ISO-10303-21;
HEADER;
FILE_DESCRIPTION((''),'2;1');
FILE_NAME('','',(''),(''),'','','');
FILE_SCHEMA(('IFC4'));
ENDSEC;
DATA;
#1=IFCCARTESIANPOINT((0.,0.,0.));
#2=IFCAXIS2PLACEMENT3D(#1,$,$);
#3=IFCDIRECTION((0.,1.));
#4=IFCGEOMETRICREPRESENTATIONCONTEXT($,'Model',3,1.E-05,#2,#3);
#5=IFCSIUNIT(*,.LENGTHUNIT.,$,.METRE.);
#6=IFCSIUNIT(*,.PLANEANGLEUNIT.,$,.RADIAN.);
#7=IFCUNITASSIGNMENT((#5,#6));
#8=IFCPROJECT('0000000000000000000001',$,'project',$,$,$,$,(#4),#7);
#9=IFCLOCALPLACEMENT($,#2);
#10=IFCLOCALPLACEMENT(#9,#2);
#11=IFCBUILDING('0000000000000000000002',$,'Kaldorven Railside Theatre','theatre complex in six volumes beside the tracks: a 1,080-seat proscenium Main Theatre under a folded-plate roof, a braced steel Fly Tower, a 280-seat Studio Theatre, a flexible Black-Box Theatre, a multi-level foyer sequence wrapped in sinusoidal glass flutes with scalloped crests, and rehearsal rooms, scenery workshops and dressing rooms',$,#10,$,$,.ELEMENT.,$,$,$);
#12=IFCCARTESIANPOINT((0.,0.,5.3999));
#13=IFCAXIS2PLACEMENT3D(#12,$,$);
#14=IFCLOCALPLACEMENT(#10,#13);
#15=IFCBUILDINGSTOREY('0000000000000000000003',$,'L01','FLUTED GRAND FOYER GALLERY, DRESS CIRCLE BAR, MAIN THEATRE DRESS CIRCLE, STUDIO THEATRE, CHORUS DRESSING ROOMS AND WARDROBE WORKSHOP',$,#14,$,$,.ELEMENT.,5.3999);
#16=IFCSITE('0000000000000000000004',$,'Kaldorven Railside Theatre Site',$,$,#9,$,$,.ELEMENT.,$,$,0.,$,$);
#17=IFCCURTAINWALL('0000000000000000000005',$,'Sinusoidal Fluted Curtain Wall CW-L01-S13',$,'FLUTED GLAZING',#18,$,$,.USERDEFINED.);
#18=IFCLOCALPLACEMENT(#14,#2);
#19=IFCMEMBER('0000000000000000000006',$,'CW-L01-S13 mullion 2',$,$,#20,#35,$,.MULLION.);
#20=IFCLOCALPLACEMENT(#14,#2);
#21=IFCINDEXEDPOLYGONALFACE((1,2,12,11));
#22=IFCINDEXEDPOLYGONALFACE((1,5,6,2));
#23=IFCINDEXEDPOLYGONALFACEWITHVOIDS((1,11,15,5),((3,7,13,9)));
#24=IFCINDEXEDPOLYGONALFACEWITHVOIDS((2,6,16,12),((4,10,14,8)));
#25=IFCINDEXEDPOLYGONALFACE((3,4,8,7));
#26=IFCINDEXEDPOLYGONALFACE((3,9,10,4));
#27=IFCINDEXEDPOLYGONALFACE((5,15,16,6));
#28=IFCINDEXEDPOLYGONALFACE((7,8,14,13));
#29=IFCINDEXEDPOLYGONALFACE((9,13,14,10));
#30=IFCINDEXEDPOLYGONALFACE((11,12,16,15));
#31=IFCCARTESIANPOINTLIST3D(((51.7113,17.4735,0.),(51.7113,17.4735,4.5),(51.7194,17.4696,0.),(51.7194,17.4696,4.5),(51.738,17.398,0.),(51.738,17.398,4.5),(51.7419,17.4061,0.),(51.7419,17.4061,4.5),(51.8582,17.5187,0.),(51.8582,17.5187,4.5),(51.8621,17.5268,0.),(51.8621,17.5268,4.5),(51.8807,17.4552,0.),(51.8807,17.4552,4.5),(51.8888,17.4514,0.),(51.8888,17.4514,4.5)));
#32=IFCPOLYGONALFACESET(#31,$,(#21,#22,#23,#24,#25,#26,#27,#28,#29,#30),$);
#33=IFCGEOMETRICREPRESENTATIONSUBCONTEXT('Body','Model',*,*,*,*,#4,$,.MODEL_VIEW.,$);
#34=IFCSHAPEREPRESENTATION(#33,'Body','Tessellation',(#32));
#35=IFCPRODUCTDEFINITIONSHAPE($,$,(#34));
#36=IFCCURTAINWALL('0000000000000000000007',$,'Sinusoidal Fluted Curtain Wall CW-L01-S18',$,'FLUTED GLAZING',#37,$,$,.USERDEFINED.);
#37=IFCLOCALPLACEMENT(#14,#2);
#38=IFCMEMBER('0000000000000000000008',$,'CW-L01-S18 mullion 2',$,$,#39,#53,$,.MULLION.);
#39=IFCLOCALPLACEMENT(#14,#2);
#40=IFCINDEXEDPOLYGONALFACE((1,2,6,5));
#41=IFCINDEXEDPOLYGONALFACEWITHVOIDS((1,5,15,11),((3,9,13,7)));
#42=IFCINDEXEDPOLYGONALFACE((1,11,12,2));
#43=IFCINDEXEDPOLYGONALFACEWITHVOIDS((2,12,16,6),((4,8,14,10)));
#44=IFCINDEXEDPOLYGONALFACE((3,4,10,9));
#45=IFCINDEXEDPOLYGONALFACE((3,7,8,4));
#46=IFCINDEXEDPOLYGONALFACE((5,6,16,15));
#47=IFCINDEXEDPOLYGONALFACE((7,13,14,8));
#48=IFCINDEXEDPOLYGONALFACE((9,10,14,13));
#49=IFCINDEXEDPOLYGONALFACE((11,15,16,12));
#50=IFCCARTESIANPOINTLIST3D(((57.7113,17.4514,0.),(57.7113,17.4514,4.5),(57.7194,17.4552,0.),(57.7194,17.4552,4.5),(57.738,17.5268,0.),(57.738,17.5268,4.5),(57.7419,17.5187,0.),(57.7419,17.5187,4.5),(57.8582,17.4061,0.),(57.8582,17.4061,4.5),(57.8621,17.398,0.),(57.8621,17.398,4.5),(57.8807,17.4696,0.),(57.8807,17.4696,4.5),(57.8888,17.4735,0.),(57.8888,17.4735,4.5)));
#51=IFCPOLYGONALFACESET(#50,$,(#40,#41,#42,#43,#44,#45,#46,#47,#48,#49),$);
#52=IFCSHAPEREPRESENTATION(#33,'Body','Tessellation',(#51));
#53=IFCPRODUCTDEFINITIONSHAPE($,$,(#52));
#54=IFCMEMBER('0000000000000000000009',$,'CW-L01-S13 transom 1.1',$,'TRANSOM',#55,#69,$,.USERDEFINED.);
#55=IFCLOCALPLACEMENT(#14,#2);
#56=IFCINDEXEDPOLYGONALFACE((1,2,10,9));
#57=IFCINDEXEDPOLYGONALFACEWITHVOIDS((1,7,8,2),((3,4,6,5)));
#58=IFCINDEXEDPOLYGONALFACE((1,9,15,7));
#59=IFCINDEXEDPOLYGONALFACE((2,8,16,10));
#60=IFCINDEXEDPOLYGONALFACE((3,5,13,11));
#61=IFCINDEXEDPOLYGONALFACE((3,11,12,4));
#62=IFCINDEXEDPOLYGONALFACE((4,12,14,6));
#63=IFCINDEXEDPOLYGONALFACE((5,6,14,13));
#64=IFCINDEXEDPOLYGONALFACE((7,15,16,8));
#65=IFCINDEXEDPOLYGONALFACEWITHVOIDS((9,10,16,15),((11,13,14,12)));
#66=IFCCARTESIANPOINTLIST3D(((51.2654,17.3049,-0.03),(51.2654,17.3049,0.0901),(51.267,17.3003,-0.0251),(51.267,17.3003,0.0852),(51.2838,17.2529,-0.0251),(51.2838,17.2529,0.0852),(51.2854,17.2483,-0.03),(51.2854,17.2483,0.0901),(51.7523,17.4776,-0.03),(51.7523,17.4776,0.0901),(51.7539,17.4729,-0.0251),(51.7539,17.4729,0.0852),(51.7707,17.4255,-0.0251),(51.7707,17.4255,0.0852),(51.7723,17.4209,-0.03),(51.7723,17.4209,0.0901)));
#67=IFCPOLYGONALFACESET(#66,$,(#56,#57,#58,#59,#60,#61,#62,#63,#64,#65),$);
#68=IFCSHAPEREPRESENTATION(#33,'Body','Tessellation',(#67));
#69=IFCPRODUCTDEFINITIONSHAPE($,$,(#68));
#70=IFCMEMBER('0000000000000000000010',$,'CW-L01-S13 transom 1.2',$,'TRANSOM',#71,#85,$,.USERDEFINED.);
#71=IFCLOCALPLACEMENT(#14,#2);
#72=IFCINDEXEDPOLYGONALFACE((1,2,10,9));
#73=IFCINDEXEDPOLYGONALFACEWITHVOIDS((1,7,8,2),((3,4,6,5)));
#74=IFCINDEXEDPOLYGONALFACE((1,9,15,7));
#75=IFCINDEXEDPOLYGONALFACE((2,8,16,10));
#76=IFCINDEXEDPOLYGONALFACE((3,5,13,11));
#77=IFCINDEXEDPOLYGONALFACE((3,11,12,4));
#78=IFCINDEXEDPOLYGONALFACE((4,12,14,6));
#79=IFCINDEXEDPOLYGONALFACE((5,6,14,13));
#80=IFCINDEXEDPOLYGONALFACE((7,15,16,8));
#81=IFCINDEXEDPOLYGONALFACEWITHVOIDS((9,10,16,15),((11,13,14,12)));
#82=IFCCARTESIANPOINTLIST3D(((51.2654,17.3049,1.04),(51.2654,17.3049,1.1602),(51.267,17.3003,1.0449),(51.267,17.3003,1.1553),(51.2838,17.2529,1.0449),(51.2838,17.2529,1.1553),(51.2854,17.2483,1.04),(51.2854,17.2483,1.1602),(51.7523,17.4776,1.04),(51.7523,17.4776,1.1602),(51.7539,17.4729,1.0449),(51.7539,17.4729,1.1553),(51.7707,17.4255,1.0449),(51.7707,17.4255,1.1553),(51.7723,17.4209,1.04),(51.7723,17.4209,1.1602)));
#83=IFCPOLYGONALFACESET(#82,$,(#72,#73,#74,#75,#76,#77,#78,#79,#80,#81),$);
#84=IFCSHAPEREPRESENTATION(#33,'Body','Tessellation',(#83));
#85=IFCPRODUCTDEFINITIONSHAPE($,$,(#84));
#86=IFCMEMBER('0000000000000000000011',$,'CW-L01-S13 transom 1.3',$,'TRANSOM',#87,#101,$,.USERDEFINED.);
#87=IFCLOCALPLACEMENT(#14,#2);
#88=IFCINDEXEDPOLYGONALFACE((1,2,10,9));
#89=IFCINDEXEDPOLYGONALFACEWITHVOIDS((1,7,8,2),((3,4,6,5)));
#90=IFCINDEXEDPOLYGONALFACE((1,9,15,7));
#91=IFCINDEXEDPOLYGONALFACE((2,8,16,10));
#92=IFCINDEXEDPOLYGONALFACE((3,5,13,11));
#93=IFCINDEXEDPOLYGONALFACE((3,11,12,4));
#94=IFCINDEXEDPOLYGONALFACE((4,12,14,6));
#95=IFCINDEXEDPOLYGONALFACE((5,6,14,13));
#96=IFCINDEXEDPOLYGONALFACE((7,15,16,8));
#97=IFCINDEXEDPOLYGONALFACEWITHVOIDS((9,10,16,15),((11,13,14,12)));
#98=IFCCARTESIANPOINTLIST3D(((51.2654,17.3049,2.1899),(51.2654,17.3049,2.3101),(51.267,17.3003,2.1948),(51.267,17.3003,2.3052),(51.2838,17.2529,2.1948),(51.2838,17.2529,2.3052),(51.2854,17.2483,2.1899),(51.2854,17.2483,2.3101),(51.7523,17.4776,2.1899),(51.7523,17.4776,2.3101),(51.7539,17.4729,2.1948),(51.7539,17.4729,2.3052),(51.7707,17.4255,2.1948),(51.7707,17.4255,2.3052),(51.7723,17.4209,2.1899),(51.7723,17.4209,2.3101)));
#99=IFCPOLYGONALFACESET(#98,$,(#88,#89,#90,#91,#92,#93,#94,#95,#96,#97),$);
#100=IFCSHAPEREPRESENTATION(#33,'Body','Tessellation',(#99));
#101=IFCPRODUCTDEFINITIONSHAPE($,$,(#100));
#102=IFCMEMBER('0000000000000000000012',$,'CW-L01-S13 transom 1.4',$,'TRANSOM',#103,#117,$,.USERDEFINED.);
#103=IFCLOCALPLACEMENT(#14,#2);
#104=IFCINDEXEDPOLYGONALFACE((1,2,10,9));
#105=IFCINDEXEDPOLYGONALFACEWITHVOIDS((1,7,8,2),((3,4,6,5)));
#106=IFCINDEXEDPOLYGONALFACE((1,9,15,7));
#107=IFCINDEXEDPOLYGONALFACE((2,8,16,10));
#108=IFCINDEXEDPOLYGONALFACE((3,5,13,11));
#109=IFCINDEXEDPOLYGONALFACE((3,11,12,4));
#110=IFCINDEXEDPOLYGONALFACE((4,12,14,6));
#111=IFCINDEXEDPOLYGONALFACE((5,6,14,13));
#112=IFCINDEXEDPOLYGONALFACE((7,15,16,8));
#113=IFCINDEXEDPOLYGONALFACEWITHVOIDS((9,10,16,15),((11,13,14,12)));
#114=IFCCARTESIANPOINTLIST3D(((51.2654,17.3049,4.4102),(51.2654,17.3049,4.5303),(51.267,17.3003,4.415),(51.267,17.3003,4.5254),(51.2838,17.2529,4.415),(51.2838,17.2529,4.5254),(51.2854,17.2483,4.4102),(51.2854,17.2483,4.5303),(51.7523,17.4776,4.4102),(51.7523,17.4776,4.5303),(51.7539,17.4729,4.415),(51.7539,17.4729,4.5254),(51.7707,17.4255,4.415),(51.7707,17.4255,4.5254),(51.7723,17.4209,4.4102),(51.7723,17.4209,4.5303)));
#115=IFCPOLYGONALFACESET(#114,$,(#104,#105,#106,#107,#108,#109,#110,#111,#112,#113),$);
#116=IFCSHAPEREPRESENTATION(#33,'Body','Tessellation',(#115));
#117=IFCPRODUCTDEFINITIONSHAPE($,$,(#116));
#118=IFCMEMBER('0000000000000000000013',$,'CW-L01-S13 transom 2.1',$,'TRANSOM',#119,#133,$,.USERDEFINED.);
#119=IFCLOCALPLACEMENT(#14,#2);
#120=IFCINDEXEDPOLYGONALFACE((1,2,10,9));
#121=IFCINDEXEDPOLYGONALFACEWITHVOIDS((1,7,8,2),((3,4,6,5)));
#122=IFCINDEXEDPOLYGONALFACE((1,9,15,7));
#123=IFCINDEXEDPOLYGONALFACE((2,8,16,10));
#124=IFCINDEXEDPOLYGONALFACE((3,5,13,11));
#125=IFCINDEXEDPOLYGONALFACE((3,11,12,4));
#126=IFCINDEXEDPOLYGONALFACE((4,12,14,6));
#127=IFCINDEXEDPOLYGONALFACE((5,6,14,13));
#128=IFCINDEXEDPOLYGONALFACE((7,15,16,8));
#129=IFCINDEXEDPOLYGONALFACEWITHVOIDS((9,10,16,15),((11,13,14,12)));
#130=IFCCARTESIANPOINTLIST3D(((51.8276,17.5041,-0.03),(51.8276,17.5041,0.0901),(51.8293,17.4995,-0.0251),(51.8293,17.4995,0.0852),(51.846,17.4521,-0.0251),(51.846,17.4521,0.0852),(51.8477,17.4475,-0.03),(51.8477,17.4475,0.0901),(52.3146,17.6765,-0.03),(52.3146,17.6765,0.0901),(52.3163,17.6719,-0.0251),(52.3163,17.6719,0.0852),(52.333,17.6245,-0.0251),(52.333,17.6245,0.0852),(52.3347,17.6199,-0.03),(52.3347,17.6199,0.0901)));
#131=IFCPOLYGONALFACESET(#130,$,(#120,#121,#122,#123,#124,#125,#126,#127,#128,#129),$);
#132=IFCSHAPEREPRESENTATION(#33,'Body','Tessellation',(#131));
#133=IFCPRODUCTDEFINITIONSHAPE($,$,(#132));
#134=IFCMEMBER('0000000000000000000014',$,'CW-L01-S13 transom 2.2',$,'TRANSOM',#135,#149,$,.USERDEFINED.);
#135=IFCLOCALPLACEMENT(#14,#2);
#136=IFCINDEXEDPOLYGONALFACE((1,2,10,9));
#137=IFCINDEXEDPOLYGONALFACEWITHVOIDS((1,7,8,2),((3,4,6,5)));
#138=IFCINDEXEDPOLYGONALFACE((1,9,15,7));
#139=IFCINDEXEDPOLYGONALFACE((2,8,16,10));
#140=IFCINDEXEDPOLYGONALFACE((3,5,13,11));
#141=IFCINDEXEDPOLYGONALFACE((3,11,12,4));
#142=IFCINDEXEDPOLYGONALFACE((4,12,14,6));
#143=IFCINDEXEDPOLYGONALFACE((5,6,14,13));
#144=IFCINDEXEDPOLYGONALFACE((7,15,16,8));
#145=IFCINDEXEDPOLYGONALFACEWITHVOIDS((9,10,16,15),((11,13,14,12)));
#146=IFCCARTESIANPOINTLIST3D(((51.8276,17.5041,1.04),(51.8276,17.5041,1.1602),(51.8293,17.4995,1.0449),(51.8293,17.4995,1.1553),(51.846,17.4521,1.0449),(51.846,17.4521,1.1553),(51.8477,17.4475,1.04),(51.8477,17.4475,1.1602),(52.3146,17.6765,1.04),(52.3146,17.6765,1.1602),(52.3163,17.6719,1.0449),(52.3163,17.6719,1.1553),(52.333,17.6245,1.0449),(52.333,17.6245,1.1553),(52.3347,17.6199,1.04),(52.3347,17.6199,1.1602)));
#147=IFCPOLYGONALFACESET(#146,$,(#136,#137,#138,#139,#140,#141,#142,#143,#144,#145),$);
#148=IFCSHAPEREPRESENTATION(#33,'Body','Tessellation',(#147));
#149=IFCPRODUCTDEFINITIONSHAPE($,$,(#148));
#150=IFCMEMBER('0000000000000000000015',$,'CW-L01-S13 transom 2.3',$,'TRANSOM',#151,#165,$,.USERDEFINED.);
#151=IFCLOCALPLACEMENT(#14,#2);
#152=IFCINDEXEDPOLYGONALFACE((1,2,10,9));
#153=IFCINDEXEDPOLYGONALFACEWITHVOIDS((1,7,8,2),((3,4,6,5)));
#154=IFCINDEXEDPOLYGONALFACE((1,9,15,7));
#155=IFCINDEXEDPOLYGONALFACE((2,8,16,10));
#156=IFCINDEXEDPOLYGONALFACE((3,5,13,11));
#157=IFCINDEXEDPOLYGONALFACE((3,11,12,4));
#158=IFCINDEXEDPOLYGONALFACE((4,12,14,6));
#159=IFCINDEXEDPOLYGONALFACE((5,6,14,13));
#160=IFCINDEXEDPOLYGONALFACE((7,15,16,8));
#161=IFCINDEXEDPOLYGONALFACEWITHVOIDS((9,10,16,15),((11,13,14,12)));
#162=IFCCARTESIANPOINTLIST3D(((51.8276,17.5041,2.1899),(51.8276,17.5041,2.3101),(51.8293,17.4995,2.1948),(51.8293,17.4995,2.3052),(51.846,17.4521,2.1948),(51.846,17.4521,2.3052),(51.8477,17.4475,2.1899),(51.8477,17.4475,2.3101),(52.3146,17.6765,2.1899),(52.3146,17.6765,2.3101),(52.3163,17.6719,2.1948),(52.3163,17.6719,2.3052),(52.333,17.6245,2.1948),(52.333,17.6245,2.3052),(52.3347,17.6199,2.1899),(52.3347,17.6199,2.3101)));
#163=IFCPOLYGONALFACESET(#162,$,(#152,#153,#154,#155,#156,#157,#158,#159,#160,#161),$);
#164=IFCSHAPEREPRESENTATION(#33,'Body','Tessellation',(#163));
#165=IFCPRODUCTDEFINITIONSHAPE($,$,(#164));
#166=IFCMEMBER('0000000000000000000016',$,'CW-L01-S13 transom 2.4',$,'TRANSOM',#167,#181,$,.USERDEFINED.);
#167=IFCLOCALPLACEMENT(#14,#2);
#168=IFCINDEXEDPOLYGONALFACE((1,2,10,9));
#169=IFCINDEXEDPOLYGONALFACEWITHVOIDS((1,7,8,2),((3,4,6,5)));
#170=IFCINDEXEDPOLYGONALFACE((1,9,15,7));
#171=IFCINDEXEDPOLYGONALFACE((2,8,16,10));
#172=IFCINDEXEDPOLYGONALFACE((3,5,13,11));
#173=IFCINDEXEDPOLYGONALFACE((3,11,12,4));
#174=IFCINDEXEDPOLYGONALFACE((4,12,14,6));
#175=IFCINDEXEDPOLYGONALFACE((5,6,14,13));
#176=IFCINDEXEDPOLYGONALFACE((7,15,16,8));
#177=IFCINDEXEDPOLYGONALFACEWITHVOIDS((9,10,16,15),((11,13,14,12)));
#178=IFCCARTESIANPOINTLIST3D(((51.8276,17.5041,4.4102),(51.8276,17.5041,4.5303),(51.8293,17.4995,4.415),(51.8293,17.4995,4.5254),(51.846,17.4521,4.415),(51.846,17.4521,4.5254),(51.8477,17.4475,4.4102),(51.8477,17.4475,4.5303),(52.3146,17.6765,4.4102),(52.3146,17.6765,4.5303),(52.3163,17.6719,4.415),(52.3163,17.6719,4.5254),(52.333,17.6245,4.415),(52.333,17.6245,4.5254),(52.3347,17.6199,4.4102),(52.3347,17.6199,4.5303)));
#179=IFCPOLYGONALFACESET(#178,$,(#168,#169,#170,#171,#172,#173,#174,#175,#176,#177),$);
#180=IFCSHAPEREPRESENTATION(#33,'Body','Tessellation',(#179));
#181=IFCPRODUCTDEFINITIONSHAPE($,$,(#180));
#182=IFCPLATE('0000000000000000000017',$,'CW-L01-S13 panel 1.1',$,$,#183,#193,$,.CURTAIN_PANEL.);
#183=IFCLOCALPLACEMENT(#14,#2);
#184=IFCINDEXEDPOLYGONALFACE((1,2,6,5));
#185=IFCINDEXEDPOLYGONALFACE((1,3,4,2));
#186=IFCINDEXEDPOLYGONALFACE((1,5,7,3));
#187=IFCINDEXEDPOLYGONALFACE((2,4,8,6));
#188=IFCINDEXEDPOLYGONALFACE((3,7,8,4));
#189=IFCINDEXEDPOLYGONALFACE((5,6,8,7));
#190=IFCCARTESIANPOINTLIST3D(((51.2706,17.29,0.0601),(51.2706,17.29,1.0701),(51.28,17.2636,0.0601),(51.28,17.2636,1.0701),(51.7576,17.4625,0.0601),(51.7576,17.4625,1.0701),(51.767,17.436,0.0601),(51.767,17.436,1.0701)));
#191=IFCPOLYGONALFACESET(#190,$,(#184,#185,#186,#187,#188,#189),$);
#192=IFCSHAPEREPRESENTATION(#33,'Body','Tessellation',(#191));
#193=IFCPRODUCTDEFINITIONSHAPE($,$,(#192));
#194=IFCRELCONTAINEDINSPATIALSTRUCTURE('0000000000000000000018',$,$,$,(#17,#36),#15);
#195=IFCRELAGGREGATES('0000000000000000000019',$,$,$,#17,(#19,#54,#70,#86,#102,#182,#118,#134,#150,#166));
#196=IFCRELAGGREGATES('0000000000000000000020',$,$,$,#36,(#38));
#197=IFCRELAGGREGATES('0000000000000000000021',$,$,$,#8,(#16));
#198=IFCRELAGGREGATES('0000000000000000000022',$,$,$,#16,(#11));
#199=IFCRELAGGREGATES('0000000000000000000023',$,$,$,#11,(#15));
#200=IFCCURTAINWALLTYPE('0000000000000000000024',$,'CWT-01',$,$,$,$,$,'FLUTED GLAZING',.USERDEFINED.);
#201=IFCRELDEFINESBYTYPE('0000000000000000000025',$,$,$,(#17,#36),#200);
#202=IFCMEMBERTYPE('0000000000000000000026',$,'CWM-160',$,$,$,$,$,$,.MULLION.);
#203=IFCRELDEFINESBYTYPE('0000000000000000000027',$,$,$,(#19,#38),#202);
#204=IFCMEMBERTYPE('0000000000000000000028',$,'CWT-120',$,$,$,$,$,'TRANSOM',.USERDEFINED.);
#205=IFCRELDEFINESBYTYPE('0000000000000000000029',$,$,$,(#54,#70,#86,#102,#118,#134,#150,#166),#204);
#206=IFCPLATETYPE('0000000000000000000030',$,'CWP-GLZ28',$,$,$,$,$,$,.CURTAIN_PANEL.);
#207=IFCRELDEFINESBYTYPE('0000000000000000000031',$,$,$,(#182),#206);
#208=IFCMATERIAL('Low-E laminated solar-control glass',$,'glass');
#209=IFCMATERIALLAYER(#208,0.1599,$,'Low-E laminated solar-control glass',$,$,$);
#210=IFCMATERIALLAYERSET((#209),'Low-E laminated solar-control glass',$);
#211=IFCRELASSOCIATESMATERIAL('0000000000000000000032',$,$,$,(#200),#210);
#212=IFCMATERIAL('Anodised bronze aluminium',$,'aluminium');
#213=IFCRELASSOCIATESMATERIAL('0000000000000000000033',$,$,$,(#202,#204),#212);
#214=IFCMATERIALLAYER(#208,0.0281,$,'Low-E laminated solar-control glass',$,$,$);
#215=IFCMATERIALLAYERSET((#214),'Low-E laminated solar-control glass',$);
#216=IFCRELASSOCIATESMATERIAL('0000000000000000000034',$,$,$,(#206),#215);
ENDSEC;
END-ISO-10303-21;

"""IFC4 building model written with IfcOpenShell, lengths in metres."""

from ifc_helpers import new_model, si_unit, direction, frame, origin, origin_2d, place, context, subcontext, project, spatial, rectangle, hollow_rectangle, extrude, material, layer, layer_set, material_profile, profile_set, type_object, element, aggregate, save


model = new_model("IFC4")

# Units and contexts
model_context = context("Model", 3, precision=1e-05, world=origin(), true_north=direction((0.0, 1.0)))
body_context = subcontext(model_context, "Body", "Model", "MODEL_VIEW")
ifc_project = project(units=[si_unit("LENGTHUNIT", "METRE"), si_unit("PLANEANGLEUNIT", "RADIAN")], contexts=[model_context])

# Site, building, storey
site_placement = place(None, origin())
site = spatial("IfcSite", under=ifc_project, at=site_placement, Name="Kaldorven Railside Theatre Site", CompositionType="ELEMENT", RefElevation=0.0)
building_placement = place(site_placement, origin())
building = spatial("IfcBuilding", under=site, at=building_placement, Name="Kaldorven Railside Theatre", Description="theatre complex in six volumes beside the tracks: a 1,080-seat proscenium Main Theatre under a folded-plate roof, a braced steel Fly Tower, a 280-seat Studio Theatre, a flexible Black-Box Theatre, a multi-level foyer sequence wrapped in sinusoidal glass flutes with scalloped crests, and rehearsal rooms, scenery workshops and dressing rooms", CompositionType="ELEMENT")
storey_placement = place(building_placement, frame((0.0, 0.0, 5.3999)))
storey = spatial("IfcBuildingStorey", under=building, at=storey_placement, Name="L01", Description="FLUTED GRAND FOYER GALLERY, DRESS CIRCLE BAR, MAIN THEATRE DRESS CIRCLE, STUDIO THEATRE, CHORUS DRESSING ROOMS AND WARDROBE WORKSHOP", CompositionType="ELEMENT", Elevation=5.3999)

# Curtain wall, member
ifc_material_1 = material(Name="Low-E laminated solar-control glass", Category="glass")
ifc_layer_1 = layer(ifc_material_1, 0.1599, Name="Low-E laminated solar-control glass")
ifc_layer_set_1 = layer_set([ifc_layer_1], Name="Low-E laminated solar-control glass")
curtain_wall_type = type_object("IfcCurtainWallType", Name="CWT-01", ElementType="FLUTED GLAZING", PredefinedType="USERDEFINED", material=ifc_layer_set_1)
curtain_wall_1_placement = place(storey_placement, origin())
curtain_wall_1 = element("IfcCurtainWall", 1, at=curtain_wall_1_placement, inside=storey, type_object=curtain_wall_type, Name="Sinusoidal Fluted Curtain Wall CW-L01-S13", ObjectType="FLUTED GLAZING", PredefinedType="USERDEFINED")
ifc_material_2 = material(Name="Anodised bronze aluminium", Category="aluminium")
ifc_material_profile_1 = material_profile(ifc_material_2, hollow_rectangle(XDim=0.0801, YDim=0.1599, WallThickness=0.0063, at=origin_2d()), Name="RHS 160x80x6.3")
ifc_profile_set_1 = profile_set([ifc_material_profile_1], Name="Anodised bronze aluminium")
member_type_1 = type_object("IfcMemberType", Name="CWM-160", PredefinedType="MULLION", material=ifc_profile_set_1)
member_1_placement = place(storey_placement, frame((51.8, 17.4624, 0.0), z_axis=(0.0, 0.0, 1.0), x_axis=(-0.333847, 0.942627, 0.0)))
member_1 = element("IfcMember", 2, at=member_1_placement, type_object=member_type_1, Name="CW-L01-S13 mullion 2", PredefinedType="MULLION", context=body_context, shape_type="SweptSolid", body=[
    extrude(hollow_rectangle(XDim=0.0801, YDim=0.1599, WallThickness=0.0063, at=origin_2d()), origin(), (0.0, 0.0, 1.0), 4.5),
])

# Curtain wall, member
curtain_wall_2_placement = place(storey_placement, origin())
curtain_wall_2 = element("IfcCurtainWall", 3, at=curtain_wall_2_placement, inside=storey, type_object=curtain_wall_type, Name="Sinusoidal Fluted Curtain Wall CW-L01-S18", ObjectType="FLUTED GLAZING", PredefinedType="USERDEFINED")
member_2_placement = place(storey_placement, frame((57.8, 17.4624, 0.0), z_axis=(0.0, 0.0, 1.0), x_axis=(0.333847, 0.942627, 0.0)))
member_2 = element("IfcMember", 4, at=member_2_placement, type_object=member_type_1, Name="CW-L01-S18 mullion 2", PredefinedType="MULLION", context=body_context, shape_type="SweptSolid", body=[
    extrude(hollow_rectangle(XDim=0.0801, YDim=0.1599, WallThickness=0.0063, at=origin_2d()), origin(), (0.0, 0.0, 1.0), 4.5),
])

# Members
ifc_material_profile_2 = material_profile(ifc_material_2, hollow_rectangle(XDim=0.0601, YDim=0.1201, WallThickness=0.0049, at=origin_2d()), Name="RHS 120x60x5")
ifc_profile_set_2 = profile_set([ifc_material_profile_2], Name="Anodised bronze aluminium")
member_type_2 = type_object("IfcMemberType", Name="CWT-120", ElementType="TRANSOM", PredefinedType="USERDEFINED", material=ifc_profile_set_2)
member_3_placement = place(storey_placement, frame((51.2754, 17.2766, 0.03), z_axis=(0.942509, 0.33418, 0.0), x_axis=(-0.33418, 0.942509, 0.0)))
member_3 = element("IfcMember", 5, at=member_3_placement, type_object=member_type_2, Name="CW-L01-S13 transom 1.1", ObjectType="TRANSOM", PredefinedType="USERDEFINED", context=body_context, shape_type="SweptSolid", body=[
    extrude(hollow_rectangle(XDim=0.0601, YDim=0.1201, WallThickness=0.0049, at=origin_2d()), origin(), (0.0, 0.0, 1.0), 0.5166),
])
member_4_placement = place(storey_placement, frame((51.2754, 17.2766, 1.1001), z_axis=(0.942509, 0.33418, 0.0), x_axis=(-0.33418, 0.942509, 0.0)))
member_4 = element("IfcMember", 6, at=member_4_placement, type_object=member_type_2, Name="CW-L01-S13 transom 1.2", ObjectType="TRANSOM", PredefinedType="USERDEFINED", context=body_context, shape_type="SweptSolid", body=[
    extrude(hollow_rectangle(XDim=0.0601, YDim=0.1201, WallThickness=0.0049, at=origin_2d()), origin(), (0.0, 0.0, 1.0), 0.5166),
])
member_5_placement = place(storey_placement, frame((51.2754, 17.2766, 2.25), z_axis=(0.942509, 0.33418, 0.0), x_axis=(-0.33418, 0.942509, 0.0)))
member_5 = element("IfcMember", 7, at=member_5_placement, type_object=member_type_2, Name="CW-L01-S13 transom 1.3", ObjectType="TRANSOM", PredefinedType="USERDEFINED", context=body_context, shape_type="SweptSolid", body=[
    extrude(hollow_rectangle(XDim=0.0601, YDim=0.1201, WallThickness=0.0049, at=origin_2d()), origin(), (0.0, 0.0, 1.0), 0.5166),
])
member_6_placement = place(storey_placement, frame((51.2754, 17.2766, 4.4702), z_axis=(0.942509, 0.33418, 0.0), x_axis=(-0.33418, 0.942509, 0.0)))
member_6 = element("IfcMember", 8, at=member_6_placement, type_object=member_type_2, Name="CW-L01-S13 transom 1.4", ObjectType="TRANSOM", PredefinedType="USERDEFINED", context=body_context, shape_type="SweptSolid", body=[
    extrude(hollow_rectangle(XDim=0.0601, YDim=0.1201, WallThickness=0.0049, at=origin_2d()), origin(), (0.0, 0.0, 1.0), 0.5166),
])
member_7_placement = place(storey_placement, frame((51.8376, 17.4758, 0.03), z_axis=(0.942711, 0.333611, 0.0), x_axis=(-0.333611, 0.942711, 0.0)))
member_7 = element("IfcMember", 9, at=member_7_placement, type_object=member_type_2, Name="CW-L01-S13 transom 2.1", ObjectType="TRANSOM", PredefinedType="USERDEFINED", context=body_context, shape_type="SweptSolid", body=[
    extrude(hollow_rectangle(XDim=0.0601, YDim=0.1201, WallThickness=0.0049, at=origin_2d()), origin(), (0.0, 0.0, 1.0), 0.5166),
])
member_8_placement = place(storey_placement, frame((51.8376, 17.4758, 1.1001), z_axis=(0.942711, 0.333611, 0.0), x_axis=(-0.333611, 0.942711, 0.0)))
member_8 = element("IfcMember", 10, at=member_8_placement, type_object=member_type_2, Name="CW-L01-S13 transom 2.2", ObjectType="TRANSOM", PredefinedType="USERDEFINED", context=body_context, shape_type="SweptSolid", body=[
    extrude(hollow_rectangle(XDim=0.0601, YDim=0.1201, WallThickness=0.0049, at=origin_2d()), origin(), (0.0, 0.0, 1.0), 0.5166),
])
member_9_placement = place(storey_placement, frame((51.8376, 17.4758, 2.25), z_axis=(0.942711, 0.333611, 0.0), x_axis=(-0.333611, 0.942711, 0.0)))
member_9 = element("IfcMember", 11, at=member_9_placement, type_object=member_type_2, Name="CW-L01-S13 transom 2.3", ObjectType="TRANSOM", PredefinedType="USERDEFINED", context=body_context, shape_type="SweptSolid", body=[
    extrude(hollow_rectangle(XDim=0.0601, YDim=0.1201, WallThickness=0.0049, at=origin_2d()), origin(), (0.0, 0.0, 1.0), 0.5166),
])
member_10_placement = place(storey_placement, frame((51.8376, 17.4758, 4.4702), z_axis=(0.942711, 0.333611, 0.0), x_axis=(-0.333611, 0.942711, 0.0)))
member_10 = element("IfcMember", 12, at=member_10_placement, type_object=member_type_2, Name="CW-L01-S13 transom 2.4", ObjectType="TRANSOM", PredefinedType="USERDEFINED", context=body_context, shape_type="SweptSolid", body=[
    extrude(hollow_rectangle(XDim=0.0601, YDim=0.1201, WallThickness=0.0049, at=origin_2d()), origin(), (0.0, 0.0, 1.0), 0.5166),
])

# Plate
ifc_layer_2 = layer(ifc_material_1, 0.0281, Name="Low-E laminated solar-control glass")
ifc_layer_set_2 = layer_set([ifc_layer_2], Name="Low-E laminated solar-control glass")
plate_type = type_object("IfcPlateType", Name="CWP-GLZ28", PredefinedType="CURTAIN_PANEL", material=ifc_layer_set_2)
plate_1_placement = place(storey_placement, frame((51.5188, 17.363, 0.0601), z_axis=(0.0, 0.0, 1.0), x_axis=(0.942627, 0.333847, 0.0)))
plate_1 = element("IfcPlate", 13, at=plate_1_placement, type_object=plate_type, Name="CW-L01-S13 panel 1.1", PredefinedType="CURTAIN_PANEL", context=body_context, shape_type="SweptSolid", body=[
    extrude(rectangle(XDim=0.5166, YDim=0.0281, at=origin_2d()), origin(), (0.0, 0.0, 1.0), 1.01),
])
aggregate(curtain_wall_1, [member_1, member_3, member_4, member_5, member_6, plate_1, member_7, member_8, member_9, member_10])
aggregate(curtain_wall_2, [member_2])

save(model, "model.ifc")
